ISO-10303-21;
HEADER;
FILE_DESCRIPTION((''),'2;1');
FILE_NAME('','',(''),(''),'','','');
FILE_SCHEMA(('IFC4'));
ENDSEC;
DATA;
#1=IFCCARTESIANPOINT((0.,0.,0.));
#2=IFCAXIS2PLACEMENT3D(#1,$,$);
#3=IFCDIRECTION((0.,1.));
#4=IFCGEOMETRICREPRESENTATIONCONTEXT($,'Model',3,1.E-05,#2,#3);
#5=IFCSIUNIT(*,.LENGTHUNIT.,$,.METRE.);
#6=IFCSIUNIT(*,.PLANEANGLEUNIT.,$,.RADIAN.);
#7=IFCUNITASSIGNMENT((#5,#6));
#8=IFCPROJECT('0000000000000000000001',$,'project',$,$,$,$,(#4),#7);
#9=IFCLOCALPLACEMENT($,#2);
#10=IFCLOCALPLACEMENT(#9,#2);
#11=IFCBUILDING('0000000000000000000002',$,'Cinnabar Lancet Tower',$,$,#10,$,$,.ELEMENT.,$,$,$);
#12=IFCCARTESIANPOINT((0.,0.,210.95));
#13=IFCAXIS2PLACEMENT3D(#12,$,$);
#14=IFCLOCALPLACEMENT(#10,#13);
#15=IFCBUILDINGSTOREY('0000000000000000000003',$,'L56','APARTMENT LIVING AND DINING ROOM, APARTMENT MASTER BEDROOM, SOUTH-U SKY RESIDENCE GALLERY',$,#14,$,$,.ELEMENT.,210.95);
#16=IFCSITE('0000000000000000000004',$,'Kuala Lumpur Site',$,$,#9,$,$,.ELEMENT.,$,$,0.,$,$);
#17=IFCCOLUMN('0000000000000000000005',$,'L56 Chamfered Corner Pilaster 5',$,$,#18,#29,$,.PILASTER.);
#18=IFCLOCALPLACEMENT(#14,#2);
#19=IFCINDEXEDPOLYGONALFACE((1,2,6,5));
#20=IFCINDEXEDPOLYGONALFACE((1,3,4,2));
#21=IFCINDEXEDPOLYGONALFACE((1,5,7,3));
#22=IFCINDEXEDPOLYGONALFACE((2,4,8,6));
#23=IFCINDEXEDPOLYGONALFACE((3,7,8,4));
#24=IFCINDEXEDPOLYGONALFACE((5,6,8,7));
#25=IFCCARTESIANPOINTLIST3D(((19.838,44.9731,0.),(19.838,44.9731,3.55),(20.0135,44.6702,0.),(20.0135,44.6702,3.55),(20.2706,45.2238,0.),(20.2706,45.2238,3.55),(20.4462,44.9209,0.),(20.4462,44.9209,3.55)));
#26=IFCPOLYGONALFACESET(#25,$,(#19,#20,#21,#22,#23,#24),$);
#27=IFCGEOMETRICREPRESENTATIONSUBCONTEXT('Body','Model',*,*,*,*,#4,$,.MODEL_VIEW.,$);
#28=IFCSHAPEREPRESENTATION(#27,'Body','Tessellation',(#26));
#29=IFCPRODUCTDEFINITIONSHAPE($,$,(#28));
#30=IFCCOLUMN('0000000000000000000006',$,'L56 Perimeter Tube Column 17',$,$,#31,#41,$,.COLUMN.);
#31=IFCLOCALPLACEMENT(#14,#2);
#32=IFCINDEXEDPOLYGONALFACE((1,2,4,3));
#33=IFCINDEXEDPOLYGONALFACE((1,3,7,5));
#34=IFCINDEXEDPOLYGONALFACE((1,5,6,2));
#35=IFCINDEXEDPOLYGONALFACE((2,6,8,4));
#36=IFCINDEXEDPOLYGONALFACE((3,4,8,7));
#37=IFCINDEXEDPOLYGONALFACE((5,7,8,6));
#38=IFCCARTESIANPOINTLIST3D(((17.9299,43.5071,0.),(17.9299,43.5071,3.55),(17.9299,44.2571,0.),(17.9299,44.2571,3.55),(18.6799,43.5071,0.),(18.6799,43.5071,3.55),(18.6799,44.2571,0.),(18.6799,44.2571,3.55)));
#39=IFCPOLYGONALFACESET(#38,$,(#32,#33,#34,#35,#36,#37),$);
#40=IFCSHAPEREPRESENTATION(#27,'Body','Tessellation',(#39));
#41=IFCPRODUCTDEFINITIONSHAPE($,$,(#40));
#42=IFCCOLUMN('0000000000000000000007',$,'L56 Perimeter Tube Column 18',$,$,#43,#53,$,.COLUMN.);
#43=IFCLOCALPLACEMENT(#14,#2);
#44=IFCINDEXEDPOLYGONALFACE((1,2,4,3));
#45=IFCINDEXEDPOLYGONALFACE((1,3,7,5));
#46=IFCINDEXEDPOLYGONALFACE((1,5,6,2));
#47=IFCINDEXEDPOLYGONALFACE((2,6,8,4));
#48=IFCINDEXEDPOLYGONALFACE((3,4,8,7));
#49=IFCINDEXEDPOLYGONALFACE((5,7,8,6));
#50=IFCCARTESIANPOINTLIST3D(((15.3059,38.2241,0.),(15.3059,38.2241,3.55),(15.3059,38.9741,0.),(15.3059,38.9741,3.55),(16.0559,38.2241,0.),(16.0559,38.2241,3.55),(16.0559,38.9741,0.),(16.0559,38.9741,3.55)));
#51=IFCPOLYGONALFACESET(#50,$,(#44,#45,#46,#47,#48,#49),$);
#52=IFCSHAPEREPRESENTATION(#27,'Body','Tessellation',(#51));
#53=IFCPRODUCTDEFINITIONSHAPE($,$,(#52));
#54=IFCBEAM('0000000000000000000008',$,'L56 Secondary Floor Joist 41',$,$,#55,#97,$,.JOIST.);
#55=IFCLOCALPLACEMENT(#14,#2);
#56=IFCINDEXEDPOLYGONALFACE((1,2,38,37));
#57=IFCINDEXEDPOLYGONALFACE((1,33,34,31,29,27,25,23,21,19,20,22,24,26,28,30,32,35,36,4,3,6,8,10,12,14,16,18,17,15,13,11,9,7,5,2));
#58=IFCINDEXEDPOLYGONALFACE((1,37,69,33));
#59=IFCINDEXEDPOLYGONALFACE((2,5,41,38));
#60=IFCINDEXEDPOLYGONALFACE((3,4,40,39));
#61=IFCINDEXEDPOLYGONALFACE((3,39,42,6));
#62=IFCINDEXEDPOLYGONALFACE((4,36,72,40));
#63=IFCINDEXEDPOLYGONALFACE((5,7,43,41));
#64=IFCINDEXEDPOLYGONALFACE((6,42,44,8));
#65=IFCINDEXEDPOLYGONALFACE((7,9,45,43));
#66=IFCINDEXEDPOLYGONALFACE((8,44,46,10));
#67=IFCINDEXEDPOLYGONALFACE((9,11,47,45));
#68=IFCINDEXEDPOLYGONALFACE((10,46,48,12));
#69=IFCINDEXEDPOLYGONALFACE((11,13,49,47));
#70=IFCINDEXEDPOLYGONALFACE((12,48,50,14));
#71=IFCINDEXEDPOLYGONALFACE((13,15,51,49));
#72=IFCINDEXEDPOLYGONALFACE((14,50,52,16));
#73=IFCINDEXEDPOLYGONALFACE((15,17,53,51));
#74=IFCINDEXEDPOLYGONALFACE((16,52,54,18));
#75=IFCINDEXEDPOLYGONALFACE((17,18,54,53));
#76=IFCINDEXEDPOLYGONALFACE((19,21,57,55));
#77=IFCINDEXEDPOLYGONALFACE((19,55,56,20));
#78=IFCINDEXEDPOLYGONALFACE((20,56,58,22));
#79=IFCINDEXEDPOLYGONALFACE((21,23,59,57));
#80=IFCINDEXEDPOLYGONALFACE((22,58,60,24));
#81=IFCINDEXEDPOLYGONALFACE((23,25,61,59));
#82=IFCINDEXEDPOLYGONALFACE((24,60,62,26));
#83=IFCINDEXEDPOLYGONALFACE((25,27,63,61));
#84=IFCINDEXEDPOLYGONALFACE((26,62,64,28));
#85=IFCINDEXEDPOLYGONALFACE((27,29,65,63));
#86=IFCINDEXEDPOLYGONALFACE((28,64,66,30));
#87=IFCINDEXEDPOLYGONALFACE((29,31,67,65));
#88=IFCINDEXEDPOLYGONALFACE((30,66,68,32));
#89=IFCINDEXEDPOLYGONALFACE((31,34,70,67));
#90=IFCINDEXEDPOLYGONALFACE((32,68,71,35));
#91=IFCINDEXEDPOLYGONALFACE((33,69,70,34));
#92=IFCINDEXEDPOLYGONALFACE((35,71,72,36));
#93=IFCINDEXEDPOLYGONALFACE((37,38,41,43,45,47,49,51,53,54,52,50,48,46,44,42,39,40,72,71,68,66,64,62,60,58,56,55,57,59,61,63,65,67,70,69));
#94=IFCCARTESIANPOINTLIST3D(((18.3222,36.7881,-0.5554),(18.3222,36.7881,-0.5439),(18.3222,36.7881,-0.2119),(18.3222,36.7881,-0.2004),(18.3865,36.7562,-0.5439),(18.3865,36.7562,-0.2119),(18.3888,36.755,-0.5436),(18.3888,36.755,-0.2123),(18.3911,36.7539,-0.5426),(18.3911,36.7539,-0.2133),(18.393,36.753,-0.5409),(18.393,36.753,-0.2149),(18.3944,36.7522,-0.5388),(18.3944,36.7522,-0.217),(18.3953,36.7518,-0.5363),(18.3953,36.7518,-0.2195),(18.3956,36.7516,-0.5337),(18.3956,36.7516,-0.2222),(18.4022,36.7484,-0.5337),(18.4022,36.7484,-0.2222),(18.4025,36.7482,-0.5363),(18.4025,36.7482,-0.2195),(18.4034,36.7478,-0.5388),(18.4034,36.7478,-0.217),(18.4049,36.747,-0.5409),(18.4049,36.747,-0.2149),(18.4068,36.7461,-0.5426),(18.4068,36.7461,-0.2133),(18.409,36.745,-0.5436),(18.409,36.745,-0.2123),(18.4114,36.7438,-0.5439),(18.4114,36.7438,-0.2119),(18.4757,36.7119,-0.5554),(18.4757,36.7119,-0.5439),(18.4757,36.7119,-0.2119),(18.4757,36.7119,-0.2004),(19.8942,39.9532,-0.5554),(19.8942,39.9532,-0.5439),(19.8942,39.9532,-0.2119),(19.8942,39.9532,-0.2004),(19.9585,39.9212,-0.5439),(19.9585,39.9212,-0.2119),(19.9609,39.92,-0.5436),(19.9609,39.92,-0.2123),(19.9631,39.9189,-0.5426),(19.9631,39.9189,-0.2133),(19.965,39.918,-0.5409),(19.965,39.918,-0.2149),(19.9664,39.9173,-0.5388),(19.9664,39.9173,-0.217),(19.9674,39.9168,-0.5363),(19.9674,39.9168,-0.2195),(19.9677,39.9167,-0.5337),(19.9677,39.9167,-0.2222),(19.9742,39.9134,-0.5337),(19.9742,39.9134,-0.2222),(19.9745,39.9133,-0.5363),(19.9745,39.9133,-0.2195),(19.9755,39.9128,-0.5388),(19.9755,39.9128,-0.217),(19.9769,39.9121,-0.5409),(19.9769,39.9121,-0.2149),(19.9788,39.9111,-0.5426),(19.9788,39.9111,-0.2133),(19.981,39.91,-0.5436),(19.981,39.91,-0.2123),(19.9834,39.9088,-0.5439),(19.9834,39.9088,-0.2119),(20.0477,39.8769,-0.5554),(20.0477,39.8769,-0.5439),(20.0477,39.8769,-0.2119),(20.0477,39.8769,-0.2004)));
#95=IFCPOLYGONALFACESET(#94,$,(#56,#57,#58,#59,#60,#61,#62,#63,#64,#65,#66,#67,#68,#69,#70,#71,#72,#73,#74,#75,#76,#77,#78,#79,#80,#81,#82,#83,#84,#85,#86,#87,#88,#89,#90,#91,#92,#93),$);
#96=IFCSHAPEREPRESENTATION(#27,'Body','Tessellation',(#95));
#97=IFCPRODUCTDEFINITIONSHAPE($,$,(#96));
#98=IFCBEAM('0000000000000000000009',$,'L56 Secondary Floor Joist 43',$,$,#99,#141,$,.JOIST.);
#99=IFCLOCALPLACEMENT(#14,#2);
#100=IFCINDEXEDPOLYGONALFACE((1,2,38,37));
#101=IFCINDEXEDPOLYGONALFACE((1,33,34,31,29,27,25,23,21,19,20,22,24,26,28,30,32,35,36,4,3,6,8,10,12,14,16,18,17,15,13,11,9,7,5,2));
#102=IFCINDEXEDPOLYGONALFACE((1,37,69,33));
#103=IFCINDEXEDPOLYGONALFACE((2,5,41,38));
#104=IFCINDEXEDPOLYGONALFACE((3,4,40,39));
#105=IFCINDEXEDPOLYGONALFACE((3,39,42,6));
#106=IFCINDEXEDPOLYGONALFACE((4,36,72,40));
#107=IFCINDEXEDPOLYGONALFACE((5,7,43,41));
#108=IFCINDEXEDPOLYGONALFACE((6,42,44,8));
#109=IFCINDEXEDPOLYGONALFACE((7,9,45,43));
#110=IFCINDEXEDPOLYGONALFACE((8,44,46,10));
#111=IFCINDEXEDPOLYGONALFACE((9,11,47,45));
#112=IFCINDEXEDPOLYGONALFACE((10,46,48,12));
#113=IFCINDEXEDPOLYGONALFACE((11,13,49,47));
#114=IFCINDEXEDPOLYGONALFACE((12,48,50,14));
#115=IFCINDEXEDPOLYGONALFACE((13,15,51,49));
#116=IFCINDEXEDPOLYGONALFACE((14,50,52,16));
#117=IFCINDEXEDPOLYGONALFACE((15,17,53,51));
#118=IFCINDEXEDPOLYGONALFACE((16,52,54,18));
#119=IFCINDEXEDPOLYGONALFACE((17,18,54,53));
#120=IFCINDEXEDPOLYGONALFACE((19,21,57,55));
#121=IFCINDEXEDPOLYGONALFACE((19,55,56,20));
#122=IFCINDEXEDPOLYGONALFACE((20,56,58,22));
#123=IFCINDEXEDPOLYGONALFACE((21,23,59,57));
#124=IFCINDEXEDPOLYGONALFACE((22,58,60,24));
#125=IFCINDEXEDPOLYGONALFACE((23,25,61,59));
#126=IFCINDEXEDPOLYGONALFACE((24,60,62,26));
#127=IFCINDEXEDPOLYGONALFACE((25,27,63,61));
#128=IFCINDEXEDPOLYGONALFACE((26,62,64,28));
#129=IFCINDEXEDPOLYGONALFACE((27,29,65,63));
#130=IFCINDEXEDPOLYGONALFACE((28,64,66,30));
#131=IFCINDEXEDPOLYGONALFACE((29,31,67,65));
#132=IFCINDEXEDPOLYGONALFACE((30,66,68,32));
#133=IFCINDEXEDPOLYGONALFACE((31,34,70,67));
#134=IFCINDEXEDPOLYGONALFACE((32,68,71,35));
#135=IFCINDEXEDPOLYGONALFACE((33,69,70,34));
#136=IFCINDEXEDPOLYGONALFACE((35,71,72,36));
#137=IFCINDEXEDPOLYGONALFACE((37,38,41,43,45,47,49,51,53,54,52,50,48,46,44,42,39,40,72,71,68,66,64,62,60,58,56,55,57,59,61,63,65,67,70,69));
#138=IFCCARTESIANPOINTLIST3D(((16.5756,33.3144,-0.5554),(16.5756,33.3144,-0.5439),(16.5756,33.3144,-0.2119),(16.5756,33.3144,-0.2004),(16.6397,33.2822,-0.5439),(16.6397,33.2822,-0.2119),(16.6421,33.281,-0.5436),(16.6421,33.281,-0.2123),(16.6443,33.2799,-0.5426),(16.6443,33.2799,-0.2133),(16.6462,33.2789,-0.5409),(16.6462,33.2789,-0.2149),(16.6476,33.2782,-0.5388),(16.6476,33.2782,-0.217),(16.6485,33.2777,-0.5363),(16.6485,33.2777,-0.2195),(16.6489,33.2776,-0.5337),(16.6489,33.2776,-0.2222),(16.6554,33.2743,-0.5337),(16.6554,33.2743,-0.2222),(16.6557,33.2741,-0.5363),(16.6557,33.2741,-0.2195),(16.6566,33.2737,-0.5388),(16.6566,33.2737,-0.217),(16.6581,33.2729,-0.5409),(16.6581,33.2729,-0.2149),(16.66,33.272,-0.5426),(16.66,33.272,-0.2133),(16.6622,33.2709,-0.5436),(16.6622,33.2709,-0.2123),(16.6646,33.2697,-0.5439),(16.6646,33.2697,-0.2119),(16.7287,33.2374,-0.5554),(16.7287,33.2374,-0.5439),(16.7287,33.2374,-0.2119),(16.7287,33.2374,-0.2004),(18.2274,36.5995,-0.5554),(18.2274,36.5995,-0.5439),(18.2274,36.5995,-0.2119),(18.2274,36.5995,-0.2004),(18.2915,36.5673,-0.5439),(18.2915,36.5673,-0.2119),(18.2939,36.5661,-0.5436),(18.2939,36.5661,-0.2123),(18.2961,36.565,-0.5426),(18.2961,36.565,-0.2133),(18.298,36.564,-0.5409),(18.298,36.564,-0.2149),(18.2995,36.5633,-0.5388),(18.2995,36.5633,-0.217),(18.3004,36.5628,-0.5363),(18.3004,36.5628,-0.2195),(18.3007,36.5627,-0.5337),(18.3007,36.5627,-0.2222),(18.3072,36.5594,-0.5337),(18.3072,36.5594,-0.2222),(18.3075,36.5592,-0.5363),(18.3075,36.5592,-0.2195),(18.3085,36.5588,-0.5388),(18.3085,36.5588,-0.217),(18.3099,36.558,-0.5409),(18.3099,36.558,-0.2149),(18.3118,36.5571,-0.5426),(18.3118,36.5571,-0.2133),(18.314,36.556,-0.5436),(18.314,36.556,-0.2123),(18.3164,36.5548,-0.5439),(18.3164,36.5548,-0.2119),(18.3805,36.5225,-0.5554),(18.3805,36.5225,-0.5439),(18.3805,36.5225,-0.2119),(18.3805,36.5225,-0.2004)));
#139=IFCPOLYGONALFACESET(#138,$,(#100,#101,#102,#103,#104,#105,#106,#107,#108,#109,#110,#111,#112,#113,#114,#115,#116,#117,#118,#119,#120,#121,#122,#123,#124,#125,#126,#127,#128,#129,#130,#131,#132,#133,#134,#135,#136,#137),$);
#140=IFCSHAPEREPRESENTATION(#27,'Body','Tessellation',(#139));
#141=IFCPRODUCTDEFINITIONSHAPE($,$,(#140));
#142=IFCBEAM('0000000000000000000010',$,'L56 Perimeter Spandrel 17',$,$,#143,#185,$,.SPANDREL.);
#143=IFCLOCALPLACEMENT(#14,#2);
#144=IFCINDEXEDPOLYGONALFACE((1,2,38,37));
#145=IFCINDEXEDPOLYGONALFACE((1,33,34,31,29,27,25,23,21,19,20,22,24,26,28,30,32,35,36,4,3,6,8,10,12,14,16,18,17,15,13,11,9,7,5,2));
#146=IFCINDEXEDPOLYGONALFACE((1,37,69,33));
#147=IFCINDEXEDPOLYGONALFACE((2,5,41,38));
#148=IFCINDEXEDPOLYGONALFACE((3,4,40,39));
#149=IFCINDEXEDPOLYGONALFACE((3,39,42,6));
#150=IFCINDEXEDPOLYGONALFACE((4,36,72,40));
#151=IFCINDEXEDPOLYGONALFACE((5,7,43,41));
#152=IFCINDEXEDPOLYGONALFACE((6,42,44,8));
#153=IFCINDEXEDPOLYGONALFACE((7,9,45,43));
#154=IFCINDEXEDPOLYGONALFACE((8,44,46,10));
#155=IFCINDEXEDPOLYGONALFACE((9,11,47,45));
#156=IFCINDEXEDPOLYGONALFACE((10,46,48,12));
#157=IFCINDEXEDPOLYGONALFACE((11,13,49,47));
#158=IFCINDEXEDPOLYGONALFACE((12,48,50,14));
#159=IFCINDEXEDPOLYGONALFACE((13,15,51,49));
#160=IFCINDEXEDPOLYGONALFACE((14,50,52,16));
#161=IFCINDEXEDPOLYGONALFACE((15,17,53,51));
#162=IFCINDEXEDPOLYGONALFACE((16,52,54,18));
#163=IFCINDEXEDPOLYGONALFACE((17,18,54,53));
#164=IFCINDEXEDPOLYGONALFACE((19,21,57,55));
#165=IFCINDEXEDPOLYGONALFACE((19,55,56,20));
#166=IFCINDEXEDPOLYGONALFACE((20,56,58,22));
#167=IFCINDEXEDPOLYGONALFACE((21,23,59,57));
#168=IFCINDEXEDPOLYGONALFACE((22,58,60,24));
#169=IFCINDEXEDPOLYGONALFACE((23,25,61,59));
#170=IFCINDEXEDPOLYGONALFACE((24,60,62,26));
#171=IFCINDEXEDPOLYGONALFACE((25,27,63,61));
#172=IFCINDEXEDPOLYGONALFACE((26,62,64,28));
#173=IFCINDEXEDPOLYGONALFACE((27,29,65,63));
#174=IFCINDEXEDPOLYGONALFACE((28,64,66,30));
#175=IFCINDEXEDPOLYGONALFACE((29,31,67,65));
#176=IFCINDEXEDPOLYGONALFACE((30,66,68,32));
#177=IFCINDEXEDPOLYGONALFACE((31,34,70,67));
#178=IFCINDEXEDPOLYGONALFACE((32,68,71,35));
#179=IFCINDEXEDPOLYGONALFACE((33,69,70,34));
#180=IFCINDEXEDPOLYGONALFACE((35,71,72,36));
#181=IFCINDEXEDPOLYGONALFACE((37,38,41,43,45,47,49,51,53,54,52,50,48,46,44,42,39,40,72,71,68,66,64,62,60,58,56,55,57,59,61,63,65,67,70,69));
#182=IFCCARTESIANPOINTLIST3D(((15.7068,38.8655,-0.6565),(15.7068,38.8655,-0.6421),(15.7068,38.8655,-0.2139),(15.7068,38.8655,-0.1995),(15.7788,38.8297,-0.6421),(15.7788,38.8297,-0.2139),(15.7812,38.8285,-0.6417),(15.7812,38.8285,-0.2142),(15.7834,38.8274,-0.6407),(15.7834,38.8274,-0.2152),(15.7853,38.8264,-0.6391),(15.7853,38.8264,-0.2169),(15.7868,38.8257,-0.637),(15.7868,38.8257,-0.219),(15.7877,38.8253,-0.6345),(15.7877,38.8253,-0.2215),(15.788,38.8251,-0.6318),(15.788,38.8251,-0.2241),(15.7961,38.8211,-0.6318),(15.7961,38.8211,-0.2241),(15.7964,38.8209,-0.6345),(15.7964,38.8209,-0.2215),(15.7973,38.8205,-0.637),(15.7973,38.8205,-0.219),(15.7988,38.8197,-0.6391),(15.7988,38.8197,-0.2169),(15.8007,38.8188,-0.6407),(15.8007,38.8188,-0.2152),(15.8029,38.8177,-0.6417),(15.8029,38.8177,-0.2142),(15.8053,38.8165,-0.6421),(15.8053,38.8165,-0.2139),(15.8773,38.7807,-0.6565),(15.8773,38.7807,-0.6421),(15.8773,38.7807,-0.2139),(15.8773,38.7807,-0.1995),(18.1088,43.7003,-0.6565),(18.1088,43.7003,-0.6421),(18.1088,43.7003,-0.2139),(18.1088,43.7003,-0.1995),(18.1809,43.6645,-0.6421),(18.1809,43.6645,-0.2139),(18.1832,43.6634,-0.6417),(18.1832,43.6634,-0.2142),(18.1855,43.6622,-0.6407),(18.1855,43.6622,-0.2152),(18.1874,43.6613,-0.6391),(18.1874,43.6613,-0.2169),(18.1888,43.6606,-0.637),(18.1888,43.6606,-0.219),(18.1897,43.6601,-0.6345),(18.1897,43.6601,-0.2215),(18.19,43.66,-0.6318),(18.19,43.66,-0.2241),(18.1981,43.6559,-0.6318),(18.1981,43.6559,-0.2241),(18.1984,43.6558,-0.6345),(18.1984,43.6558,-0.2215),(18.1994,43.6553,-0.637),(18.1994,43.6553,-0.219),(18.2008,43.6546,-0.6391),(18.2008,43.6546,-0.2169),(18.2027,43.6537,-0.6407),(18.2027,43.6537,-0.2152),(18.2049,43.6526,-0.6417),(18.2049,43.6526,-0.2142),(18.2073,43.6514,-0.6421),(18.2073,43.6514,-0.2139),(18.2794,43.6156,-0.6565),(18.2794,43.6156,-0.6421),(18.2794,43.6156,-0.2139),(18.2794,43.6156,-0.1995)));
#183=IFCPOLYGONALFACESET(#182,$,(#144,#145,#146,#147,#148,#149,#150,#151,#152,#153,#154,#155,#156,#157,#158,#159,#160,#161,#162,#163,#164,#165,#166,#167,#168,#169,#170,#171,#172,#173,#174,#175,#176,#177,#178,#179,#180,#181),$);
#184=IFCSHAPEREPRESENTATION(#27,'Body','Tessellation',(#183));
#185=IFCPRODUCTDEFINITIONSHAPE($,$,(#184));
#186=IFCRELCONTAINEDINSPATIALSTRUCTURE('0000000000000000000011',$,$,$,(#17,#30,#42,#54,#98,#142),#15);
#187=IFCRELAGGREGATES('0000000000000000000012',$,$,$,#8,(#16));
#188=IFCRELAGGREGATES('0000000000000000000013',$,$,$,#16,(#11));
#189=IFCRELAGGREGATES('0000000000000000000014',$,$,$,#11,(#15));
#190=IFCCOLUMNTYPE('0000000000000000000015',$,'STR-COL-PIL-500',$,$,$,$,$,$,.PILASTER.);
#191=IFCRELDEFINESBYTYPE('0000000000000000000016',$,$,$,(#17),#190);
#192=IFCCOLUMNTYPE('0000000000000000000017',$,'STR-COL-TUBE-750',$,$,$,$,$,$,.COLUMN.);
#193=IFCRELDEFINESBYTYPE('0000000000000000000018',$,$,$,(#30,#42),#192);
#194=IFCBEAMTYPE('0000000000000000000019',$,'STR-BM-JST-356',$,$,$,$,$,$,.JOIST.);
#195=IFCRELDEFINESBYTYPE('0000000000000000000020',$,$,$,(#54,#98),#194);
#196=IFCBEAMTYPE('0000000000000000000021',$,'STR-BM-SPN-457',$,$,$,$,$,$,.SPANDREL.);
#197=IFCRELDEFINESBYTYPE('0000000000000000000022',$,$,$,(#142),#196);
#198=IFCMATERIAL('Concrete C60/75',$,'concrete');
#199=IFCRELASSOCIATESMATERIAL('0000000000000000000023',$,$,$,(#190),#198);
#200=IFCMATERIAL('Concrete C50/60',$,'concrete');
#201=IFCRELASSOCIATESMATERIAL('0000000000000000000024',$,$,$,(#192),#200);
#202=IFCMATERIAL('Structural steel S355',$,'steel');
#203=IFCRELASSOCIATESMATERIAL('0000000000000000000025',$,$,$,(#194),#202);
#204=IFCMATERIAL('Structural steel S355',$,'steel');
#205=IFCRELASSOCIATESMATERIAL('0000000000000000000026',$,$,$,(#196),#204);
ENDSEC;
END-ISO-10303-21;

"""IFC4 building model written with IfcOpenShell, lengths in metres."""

from ifc_helpers import new_model, si_unit, direction, frame, origin, origin_2d, place, context, subcontext, project, spatial, rectangle, i_section, extrude, material, material_profile, profile_set, type_object, element, save


model = new_model("IFC4")

# Units and contexts
model_context = context("Model", 3, precision=1e-05, world=origin(), true_north=direction((0.0, 1.0)))
body_context = subcontext(model_context, "Body", "Model", "MODEL_VIEW")
ifc_project = project(units=[si_unit("LENGTHUNIT", "METRE"), si_unit("PLANEANGLEUNIT", "RADIAN")], contexts=[model_context])

# Site, building, storey
site_placement = place(None, origin())
site = spatial("IfcSite", under=ifc_project, at=site_placement, Name="Kuala Lumpur Site", CompositionType="ELEMENT", RefElevation=0.0)
building_placement = place(site_placement, origin())
building = spatial("IfcBuilding", under=site, at=building_placement, Name="Cinnabar Lancet Tower", CompositionType="ELEMENT")
storey_placement = place(building_placement, frame((0.0, 0.0, 210.95)))
storey = spatial("IfcBuildingStorey", under=building, at=storey_placement, Name="L56", Description="APARTMENT LIVING AND DINING ROOM, APARTMENT MASTER BEDROOM, SOUTH-U SKY RESIDENCE GALLERY", CompositionType="ELEMENT", Elevation=210.95)

# Columns
ifc_material_1 = material(Name="Concrete C60/75", Category="concrete")
ifc_material_profile_1 = material_profile(ifc_material_1, rectangle(XDim=0.5, YDim=0.3501, at=origin_2d()), Name="RC-PIL 500x350")
ifc_profile_set_1 = profile_set([ifc_material_profile_1], Name="Concrete C60/75")
column_type_1 = type_object("IfcColumnType", Name="STR-COL-PIL-500", PredefinedType="PILASTER", material=ifc_profile_set_1)
column_placement = place(storey_placement, frame((20.1421, 44.947, 0.0), z_axis=(0.0, 0.0, 1.0), x_axis=(-0.86523, -0.501375, 0.0)))
element("IfcColumn", 1, at=column_placement, inside=storey, type_object=column_type_1, Name="L56 Chamfered Corner Pilaster 5", PredefinedType="PILASTER", context=body_context, shape_type="SweptSolid", body=[
    extrude(rectangle(XDim=0.5, YDim=0.3501, at=origin_2d()), origin(), (0.0, 0.0, 1.0), 3.55),
])
ifc_material_2 = material(Name="Concrete C50/60", Category="concrete")
ifc_material_profile_2 = material_profile(ifc_material_2, rectangle(XDim=0.75, YDim=0.75, at=origin_2d()), Name="RC-COL 750x750")
ifc_profile_set_2 = profile_set([ifc_material_profile_2], Name="Concrete C50/60")
column_type_2 = type_object("IfcColumnType", Name="STR-COL-TUBE-750", PredefinedType="COLUMN", material=ifc_profile_set_2)
for number, where, z_axis, x_axis, name in (
    (2, (18.3049, 43.8821, 0.0), (0.0, 0.0, 1.0), (1.0, 0.0, 0.0), "L56 Perimeter Tube Column 17"),
    (3, (15.6809, 38.5991, 0.0), (0.0, 0.0, 1.0), (1.0, 0.0, 0.0), "L56 Perimeter Tube Column 18"),
):
    element("IfcColumn", number, at=place(storey_placement, frame(where, z_axis=z_axis, x_axis=x_axis)), inside=storey, type_object=column_type_2, Name=name, PredefinedType="COLUMN", context=body_context, shape_type="SweptSolid", body=[
        extrude(rectangle(XDim=0.75, YDim=0.75, at=origin_2d()), origin(), (0.0, 0.0, 1.0), 3.55),
    ])

# Beams
ifc_material_3 = material(Name="Structural steel S355", Category="steel")
ifc_material_profile_3 = material_profile(ifc_material_3, i_section(OverallWidth=0.1714, OverallDepth=0.355, WebThickness=0.0073, FlangeThickness=0.0115, FilletRadius=0.0103, at=origin_2d()), Name="UKB 356x171x51")
ifc_profile_set_3 = profile_set([ifc_material_profile_3], Name="Structural steel S355")
beam_type_1 = type_object("IfcBeamType", Name="STR-BM-JST-356", PredefinedType="JOIST", material=ifc_profile_set_3)
beam_1_placement = place(storey_placement, frame((19.9709, 39.915, -0.3779), z_axis=(-0.444836, -0.895612, 0.0), x_axis=(0.895612, -0.444836, 0.0)))
element("IfcBeam", 4, at=beam_1_placement, inside=storey, type_object=beam_type_1, Name="L56 Secondary Floor Joist 41", PredefinedType="JOIST", context=body_context, shape_type="SweptSolid", body=[
    extrude(i_section(OverallWidth=0.1714, OverallDepth=0.355, WebThickness=0.0073, FlangeThickness=0.0115, FilletRadius=0.0103, at=origin_2d()), origin(), (0.0, 0.0, 1.0), 3.5339),
])
beam_2_placement = place(storey_placement, frame((18.304, 36.561, -0.3779), z_axis=(-0.449231, -0.893416, 0.0), x_axis=(0.893416, -0.449231, 0.0)))
element("IfcBeam", 5, at=beam_2_placement, inside=storey, type_object=beam_type_1, Name="L56 Secondary Floor Joist 43", PredefinedType="JOIST", context=body_context, shape_type="SweptSolid", body=[
    extrude(i_section(OverallWidth=0.1714, OverallDepth=0.355, WebThickness=0.0073, FlangeThickness=0.0115, FilletRadius=0.0103, at=origin_2d()), origin(), (0.0, 0.0, 1.0), 3.677),
])
ifc_material_4 = material(Name="Structural steel S355", Category="steel")
ifc_material_profile_4 = material_profile(ifc_material_4, i_section(OverallWidth=0.1904, OverallDepth=0.457, WebThickness=0.009, FlangeThickness=0.0144, FilletRadius=0.0103, at=origin_2d()), Name="UKB 457x191x74")
ifc_profile_set_4 = profile_set([ifc_material_profile_4], Name="Structural steel S355")
beam_type_2 = type_object("IfcBeamType", Name="STR-BM-SPN-457", PredefinedType="SPANDREL", material=ifc_profile_set_4)
beam_3_placement = place(storey_placement, frame((18.1941, 43.658, -0.428), z_axis=(-0.444933, -0.895564, 0.0), x_axis=(0.895564, -0.444933, 0.0)))
element("IfcBeam", 6, at=beam_3_placement, inside=storey, type_object=beam_type_2, Name="L56 Perimeter Spandrel 17", PredefinedType="SPANDREL", context=body_context, shape_type="SweptSolid", body=[
    extrude(i_section(OverallWidth=0.1904, OverallDepth=0.457, WebThickness=0.009, FlangeThickness=0.0144, FilletRadius=0.0103, at=origin_2d()), origin(), (0.0, 0.0, 1.0), 5.3987),
])

save(model, "model.ifc")
